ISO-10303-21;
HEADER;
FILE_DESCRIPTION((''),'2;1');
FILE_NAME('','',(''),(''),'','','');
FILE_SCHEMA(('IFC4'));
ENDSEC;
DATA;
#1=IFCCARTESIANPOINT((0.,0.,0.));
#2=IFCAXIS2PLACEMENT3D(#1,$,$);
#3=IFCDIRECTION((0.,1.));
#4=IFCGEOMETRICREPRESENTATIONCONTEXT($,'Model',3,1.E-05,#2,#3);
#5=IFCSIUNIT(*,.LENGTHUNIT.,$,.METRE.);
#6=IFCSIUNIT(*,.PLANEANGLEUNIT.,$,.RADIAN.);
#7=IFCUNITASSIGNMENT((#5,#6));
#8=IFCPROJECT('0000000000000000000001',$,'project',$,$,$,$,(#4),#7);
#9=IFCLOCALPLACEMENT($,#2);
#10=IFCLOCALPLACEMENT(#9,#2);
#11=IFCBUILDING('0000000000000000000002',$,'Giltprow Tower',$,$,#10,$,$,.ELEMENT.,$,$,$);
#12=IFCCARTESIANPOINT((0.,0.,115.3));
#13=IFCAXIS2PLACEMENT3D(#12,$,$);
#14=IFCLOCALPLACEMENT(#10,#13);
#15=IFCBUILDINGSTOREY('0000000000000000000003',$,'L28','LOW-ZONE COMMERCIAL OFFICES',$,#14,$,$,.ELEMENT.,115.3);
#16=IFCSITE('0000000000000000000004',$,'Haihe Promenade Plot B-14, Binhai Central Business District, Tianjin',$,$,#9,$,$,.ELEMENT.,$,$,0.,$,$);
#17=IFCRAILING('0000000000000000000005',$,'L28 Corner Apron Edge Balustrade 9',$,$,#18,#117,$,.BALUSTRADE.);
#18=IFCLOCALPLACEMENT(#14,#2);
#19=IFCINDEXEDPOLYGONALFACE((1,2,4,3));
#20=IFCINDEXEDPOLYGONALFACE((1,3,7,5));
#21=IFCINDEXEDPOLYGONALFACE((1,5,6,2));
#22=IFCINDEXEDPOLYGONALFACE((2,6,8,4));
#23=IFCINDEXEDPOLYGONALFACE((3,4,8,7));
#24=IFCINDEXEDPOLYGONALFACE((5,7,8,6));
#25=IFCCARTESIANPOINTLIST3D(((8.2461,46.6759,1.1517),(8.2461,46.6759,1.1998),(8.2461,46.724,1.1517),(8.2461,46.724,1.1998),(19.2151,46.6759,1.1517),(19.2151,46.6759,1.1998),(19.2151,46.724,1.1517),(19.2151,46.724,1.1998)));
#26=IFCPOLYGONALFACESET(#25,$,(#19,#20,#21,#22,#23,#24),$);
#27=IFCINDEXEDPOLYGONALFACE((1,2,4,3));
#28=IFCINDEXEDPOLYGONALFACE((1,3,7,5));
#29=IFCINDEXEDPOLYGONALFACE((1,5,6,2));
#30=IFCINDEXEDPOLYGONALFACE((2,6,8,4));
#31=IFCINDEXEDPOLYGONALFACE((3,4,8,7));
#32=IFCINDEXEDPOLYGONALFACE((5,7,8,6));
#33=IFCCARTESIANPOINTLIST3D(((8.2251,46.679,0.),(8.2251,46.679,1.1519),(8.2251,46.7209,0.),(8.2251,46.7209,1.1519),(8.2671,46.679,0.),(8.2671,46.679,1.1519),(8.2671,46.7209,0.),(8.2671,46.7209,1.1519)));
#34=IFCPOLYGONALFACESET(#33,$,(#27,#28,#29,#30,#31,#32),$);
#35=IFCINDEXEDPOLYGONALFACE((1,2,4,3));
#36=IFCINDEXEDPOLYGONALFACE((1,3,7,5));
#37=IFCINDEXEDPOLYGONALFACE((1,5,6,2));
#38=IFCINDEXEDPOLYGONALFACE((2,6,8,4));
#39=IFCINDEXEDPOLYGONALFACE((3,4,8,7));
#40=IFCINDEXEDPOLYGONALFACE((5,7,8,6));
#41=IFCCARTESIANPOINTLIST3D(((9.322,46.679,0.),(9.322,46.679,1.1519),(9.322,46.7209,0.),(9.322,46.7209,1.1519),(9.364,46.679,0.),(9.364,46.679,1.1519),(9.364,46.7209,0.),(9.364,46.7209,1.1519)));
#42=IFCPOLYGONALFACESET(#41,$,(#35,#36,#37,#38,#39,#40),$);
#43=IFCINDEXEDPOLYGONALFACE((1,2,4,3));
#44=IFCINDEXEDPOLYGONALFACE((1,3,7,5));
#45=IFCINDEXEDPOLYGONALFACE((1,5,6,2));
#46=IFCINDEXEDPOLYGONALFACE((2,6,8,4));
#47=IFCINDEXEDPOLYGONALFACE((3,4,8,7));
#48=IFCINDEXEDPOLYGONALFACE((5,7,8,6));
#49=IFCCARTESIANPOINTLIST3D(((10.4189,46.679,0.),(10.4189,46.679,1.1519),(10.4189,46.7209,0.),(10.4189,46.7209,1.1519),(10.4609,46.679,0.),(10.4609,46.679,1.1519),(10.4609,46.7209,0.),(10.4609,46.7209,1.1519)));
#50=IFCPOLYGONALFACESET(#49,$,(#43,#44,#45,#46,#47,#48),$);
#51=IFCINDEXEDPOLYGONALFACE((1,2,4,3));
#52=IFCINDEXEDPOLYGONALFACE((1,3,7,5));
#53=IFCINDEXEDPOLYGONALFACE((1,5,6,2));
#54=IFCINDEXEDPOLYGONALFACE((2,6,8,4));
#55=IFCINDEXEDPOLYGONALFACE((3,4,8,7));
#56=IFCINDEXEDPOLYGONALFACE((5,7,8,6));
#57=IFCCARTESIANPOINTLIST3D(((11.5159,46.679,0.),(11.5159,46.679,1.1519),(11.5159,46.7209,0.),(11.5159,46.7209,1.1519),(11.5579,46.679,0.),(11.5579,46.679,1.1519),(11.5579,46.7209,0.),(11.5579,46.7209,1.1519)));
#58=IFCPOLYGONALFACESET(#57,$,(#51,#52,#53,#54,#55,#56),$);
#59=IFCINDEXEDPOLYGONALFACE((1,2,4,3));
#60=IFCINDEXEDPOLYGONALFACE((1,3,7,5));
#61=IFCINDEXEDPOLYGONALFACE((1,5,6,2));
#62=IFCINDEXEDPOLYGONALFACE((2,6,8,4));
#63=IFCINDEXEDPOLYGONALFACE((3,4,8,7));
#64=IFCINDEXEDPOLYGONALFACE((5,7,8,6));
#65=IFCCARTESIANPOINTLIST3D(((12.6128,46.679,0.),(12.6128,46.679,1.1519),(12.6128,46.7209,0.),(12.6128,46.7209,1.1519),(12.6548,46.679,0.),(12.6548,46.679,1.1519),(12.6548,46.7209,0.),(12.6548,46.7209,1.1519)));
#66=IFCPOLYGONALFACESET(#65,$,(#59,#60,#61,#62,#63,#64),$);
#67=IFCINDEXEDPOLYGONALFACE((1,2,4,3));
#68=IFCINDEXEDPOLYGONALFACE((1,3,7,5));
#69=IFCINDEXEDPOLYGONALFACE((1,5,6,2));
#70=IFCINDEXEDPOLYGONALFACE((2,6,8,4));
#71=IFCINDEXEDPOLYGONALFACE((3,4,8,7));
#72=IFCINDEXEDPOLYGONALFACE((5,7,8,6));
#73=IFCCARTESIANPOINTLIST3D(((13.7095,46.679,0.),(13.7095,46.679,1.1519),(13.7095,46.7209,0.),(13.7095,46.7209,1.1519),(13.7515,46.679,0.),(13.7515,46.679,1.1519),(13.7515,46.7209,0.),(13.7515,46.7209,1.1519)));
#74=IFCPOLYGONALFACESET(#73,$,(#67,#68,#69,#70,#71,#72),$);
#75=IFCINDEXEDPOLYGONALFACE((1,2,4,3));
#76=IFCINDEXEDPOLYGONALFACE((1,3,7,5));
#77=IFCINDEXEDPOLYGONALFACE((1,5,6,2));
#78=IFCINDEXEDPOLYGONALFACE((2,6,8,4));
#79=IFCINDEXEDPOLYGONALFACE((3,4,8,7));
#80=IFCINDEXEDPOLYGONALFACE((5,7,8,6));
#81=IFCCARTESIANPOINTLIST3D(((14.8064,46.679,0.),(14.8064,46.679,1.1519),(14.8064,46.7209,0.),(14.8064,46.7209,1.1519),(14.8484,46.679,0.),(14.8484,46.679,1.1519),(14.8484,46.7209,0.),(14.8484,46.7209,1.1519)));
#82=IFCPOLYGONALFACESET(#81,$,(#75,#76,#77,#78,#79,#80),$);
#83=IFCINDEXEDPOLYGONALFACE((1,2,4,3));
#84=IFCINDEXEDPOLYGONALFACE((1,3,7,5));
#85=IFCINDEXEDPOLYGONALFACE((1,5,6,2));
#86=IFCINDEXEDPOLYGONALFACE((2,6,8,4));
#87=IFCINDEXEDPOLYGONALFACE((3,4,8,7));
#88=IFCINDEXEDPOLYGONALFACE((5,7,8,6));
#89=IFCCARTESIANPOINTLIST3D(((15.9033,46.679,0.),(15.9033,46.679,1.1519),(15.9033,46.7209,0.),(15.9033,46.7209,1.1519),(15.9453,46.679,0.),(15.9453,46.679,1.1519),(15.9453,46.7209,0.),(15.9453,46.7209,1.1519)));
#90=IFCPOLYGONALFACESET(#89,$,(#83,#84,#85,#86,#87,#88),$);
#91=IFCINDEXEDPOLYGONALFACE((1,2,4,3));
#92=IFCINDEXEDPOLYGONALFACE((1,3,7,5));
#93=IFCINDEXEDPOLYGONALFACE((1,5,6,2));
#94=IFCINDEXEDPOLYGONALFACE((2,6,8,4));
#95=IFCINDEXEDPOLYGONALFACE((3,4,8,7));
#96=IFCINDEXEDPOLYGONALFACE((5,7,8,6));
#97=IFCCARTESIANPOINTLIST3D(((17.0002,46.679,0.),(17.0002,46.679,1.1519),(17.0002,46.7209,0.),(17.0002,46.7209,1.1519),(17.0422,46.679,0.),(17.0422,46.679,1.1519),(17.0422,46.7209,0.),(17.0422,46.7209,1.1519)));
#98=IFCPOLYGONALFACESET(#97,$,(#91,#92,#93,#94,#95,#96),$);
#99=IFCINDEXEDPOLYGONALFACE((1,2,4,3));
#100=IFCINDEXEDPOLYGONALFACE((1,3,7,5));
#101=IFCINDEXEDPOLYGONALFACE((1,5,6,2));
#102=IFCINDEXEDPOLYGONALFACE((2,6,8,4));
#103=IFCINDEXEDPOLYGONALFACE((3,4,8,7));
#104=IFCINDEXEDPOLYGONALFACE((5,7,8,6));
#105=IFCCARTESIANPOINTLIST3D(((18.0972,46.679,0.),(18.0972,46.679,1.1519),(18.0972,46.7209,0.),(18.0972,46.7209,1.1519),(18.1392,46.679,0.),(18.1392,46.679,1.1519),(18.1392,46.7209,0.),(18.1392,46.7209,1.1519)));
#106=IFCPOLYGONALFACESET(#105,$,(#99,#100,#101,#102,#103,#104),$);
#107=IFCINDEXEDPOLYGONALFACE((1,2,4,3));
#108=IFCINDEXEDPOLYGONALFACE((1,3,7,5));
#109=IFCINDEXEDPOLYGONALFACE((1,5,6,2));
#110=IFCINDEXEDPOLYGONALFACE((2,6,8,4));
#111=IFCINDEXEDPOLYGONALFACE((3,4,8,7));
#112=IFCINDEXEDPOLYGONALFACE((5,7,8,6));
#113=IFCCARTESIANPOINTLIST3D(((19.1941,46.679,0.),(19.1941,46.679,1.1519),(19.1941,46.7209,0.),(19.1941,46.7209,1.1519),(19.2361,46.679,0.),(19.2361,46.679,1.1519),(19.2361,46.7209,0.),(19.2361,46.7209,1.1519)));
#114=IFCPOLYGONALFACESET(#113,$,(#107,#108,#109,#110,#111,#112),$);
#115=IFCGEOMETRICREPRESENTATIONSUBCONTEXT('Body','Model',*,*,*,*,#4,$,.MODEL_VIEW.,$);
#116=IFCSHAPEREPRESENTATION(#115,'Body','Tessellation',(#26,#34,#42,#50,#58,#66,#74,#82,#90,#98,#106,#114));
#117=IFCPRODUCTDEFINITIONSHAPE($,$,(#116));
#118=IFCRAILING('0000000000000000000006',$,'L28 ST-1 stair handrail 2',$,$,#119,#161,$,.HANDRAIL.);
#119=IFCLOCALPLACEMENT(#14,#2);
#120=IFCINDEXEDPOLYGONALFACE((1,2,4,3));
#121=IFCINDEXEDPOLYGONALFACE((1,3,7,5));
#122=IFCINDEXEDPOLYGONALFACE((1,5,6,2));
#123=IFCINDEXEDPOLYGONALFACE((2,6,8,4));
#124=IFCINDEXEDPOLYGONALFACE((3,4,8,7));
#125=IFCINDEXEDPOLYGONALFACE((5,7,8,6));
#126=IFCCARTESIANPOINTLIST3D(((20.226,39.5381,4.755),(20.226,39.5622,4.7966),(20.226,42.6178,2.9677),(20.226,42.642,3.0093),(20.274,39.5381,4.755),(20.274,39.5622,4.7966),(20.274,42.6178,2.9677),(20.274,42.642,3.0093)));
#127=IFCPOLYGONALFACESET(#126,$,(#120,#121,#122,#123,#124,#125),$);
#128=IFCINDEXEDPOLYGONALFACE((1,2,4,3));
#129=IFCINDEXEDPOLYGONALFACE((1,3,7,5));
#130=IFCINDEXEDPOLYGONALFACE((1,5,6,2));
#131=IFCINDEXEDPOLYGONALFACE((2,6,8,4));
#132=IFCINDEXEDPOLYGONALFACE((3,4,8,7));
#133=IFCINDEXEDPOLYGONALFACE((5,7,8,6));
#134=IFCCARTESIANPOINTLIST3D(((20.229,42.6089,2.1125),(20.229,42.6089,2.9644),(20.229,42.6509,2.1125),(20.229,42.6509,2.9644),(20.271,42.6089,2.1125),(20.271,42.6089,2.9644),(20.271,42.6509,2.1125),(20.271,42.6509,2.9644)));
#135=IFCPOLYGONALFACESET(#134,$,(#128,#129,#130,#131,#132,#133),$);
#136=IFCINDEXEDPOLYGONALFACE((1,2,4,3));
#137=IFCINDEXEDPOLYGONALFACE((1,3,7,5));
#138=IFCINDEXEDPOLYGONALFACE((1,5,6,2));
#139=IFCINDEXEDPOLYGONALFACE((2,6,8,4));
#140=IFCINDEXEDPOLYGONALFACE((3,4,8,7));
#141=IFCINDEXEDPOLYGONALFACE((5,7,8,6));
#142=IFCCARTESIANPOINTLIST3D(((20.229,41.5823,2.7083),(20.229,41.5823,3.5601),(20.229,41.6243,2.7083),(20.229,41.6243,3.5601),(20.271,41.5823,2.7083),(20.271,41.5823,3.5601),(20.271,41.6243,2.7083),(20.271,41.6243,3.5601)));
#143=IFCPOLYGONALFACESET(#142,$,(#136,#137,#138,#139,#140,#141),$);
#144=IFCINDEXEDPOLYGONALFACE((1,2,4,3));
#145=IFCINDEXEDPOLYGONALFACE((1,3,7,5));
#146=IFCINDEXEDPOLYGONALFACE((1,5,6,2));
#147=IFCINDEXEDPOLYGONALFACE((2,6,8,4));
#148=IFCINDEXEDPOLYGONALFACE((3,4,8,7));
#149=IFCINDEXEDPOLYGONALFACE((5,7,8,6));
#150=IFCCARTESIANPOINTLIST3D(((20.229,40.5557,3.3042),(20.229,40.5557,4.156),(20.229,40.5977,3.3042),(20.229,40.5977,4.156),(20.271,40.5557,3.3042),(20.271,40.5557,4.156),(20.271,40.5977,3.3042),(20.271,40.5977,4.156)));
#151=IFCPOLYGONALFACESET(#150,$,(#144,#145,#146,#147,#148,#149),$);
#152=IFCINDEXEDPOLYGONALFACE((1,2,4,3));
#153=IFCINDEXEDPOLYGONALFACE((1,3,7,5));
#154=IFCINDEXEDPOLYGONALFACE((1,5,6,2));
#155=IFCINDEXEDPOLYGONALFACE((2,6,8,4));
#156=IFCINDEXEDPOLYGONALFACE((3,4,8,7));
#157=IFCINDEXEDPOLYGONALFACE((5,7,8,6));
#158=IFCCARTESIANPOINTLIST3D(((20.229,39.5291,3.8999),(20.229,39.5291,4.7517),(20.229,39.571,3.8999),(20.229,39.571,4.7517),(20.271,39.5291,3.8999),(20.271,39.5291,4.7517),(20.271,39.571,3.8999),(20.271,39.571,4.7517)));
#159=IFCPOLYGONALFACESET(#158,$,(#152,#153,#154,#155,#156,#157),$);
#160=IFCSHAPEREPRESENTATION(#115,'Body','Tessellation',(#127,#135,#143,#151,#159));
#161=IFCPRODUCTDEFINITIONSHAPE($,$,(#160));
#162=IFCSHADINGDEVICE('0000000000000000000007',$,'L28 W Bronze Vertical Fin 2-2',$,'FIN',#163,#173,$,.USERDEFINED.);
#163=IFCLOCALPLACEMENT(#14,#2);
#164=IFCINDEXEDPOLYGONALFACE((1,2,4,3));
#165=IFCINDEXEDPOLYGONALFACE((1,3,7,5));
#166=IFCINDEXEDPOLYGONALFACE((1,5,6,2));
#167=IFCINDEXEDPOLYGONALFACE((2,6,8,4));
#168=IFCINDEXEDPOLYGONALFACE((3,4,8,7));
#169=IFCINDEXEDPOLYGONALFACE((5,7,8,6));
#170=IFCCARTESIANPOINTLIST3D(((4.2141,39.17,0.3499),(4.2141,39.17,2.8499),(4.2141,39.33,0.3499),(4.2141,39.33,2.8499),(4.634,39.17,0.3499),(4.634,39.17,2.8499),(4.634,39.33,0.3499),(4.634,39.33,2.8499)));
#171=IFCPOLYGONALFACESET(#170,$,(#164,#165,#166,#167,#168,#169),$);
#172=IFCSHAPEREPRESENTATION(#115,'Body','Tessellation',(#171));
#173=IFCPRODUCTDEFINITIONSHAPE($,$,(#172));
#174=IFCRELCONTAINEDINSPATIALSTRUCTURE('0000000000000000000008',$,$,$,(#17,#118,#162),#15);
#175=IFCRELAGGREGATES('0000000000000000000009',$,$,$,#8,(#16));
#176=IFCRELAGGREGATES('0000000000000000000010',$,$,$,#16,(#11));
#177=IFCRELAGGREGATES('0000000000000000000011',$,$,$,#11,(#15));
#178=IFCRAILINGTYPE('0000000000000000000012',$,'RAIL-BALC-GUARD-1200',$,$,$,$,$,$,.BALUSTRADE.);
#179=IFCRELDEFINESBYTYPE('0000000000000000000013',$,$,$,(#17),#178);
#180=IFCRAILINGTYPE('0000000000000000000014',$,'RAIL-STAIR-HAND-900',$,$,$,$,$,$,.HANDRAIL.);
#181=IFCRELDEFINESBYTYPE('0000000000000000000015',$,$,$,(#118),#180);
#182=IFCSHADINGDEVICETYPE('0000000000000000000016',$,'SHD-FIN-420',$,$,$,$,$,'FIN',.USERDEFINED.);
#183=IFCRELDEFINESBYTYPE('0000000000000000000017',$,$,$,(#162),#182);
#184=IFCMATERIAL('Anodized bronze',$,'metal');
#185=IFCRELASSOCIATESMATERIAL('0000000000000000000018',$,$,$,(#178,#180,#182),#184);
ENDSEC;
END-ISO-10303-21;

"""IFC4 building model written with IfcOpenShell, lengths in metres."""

from ifc_helpers import new_model, si_unit, direction, frame, origin, origin_2d, place, context, subcontext, project, spatial, rectangle, extrude, source, transform, mapped, material, type_object, element, save


model = new_model("IFC4")

# Units and contexts
model_context = context("Model", 3, precision=1e-05, world=origin(), true_north=direction((0.0, 1.0)))
body_context = subcontext(model_context, "Body", "Model", "MODEL_VIEW")
ifc_project = project(units=[si_unit("LENGTHUNIT", "METRE"), si_unit("PLANEANGLEUNIT", "RADIAN")], contexts=[model_context])

# Site, building, storey
site_placement = place(None, origin())
site = spatial("IfcSite", under=ifc_project, at=site_placement, Name="Haihe Promenade Plot B-14, Binhai Central Business District, Tianjin", CompositionType="ELEMENT", RefElevation=0.0)
building_placement = place(site_placement, origin())
building = spatial("IfcBuilding", under=site, at=building_placement, Name="Giltprow Tower", CompositionType="ELEMENT")
storey_placement = place(building_placement, frame((0.0, 0.0, 115.3)))
storey = spatial("IfcBuildingStorey", under=building, at=storey_placement, Name="L28", Description="LOW-ZONE COMMERCIAL OFFICES", CompositionType="ELEMENT", Elevation=115.3)

# Railings
ifc_material_1 = material(Name="Anodized bronze", Category="metal")
railing_type_1 = type_object("IfcRailingType", Name="RAIL-BALC-GUARD-1200", PredefinedType="BALUSTRADE", material=ifc_material_1)
railing_1_placement = place(storey_placement, frame((8.2461, 46.7, 0.0)))
element("IfcRailing", 1, at=railing_1_placement, inside=storey, type_object=railing_type_1, Name="L28 Corner Apron Edge Balustrade 9", PredefinedType="BALUSTRADE", context=body_context, shape_type="SweptSolid", body=[
    extrude(rectangle(XDim=0.0481, YDim=0.0481, at=origin_2d()), frame((0.0, 0.0, 1.1758), z_axis=(1.0, 0.0, 0.0), x_axis=(0.0, 1.0, 0.0)), (0.0, 0.0, 1.0), 10.969),
    extrude(rectangle(XDim=0.042, YDim=0.042, at=origin_2d()), origin(), (0.0, 0.0, 1.0), 1.1519),
    extrude(rectangle(XDim=0.042, YDim=0.042, at=origin_2d()), frame((1.0969, 0.0, 0.0)), (0.0, 0.0, 1.0), 1.1519),
    extrude(rectangle(XDim=0.042, YDim=0.042, at=origin_2d()), frame((2.1938, 0.0, 0.0)), (0.0, 0.0, 1.0), 1.1519),
    extrude(rectangle(XDim=0.042, YDim=0.042, at=origin_2d()), frame((3.2908, 0.0, 0.0)), (0.0, 0.0, 1.0), 1.1519),
    extrude(rectangle(XDim=0.042, YDim=0.042, at=origin_2d()), frame((4.3877, 0.0, 0.0)), (0.0, 0.0, 1.0), 1.1519),
    extrude(rectangle(XDim=0.042, YDim=0.042, at=origin_2d()), frame((5.4844, 0.0, 0.0)), (0.0, 0.0, 1.0), 1.1519),
    extrude(rectangle(XDim=0.042, YDim=0.042, at=origin_2d()), frame((6.5813, 0.0, 0.0)), (0.0, 0.0, 1.0), 1.1519),
    extrude(rectangle(XDim=0.042, YDim=0.042, at=origin_2d()), frame((7.6782, 0.0, 0.0)), (0.0, 0.0, 1.0), 1.1519),
    extrude(rectangle(XDim=0.042, YDim=0.042, at=origin_2d()), frame((8.7751, 0.0, 0.0)), (0.0, 0.0, 1.0), 1.1519),
    extrude(rectangle(XDim=0.042, YDim=0.042, at=origin_2d()), frame((9.8721, 0.0, 0.0)), (0.0, 0.0, 1.0), 1.1519),
    extrude(rectangle(XDim=0.042, YDim=0.042, at=origin_2d()), frame((10.969, 0.0, 0.0)), (0.0, 0.0, 1.0), 1.1519),
])
railing_type_2 = type_object("IfcRailingType", Name="RAIL-STAIR-HAND-900", PredefinedType="HANDRAIL", material=ifc_material_1)
railing_2_placement = place(storey_placement, frame((20.25, 42.6299, 2.1125)))
element("IfcRailing", 2, at=railing_2_placement, inside=storey, type_object=railing_type_2, Name="L28 ST-1 stair handrail 2", PredefinedType="HANDRAIL", context=body_context, shape_type="SweptSolid", body=[
    extrude(rectangle(XDim=0.0481, YDim=0.0481, at=origin_2d()), frame((0.0, 0.0, 0.876), z_axis=(0.0, -0.864903, 0.501939), x_axis=(1.0, 0.0, 0.0)), (0.0, 0.0, 1.0), 3.5608),
    extrude(rectangle(XDim=0.042, YDim=0.042, at=origin_2d()), origin(), (0.0, 0.0, 1.0), 0.8518),
    extrude(rectangle(XDim=0.042, YDim=0.042, at=origin_2d()), frame((0.0, -1.0266, 0.5957)), (0.0, 0.0, 1.0), 0.8518),
    extrude(rectangle(XDim=0.042, YDim=0.042, at=origin_2d()), frame((0.0, -2.0532, 1.1917)), (0.0, 0.0, 1.0), 0.8518),
    extrude(rectangle(XDim=0.042, YDim=0.042, at=origin_2d()), frame((0.0, -3.0798, 1.7874)), (0.0, 0.0, 1.0), 0.8518),
])

# Shading device
shading_device_type = type_object("IfcShadingDeviceType", Name="SHD-FIN-420", ElementType="FIN", PredefinedType="USERDEFINED", material=ifc_material_1)
shared_shape_1 = source(origin(), body_context, "Body", "SweptSolid", [
    extrude(rectangle(XDim=0.4199, YDim=0.1599, at=origin_2d()), origin(), (0.0, 0.0, 1.0), 2.5),
])
shading_device_placement = place(storey_placement, frame((4.4241, 39.25, 0.3499), z_axis=(0.0, 0.0, 1.0), x_axis=(1.0, 0.0, 0.0)))
element("IfcShadingDevice", 3, at=shading_device_placement, inside=storey, type_object=shading_device_type, Name="L28 W Bronze Vertical Fin 2-2", ObjectType="FIN", PredefinedType="USERDEFINED", context=body_context, shape_type="MappedRepresentation", body=[
    mapped(shared_shape_1, transform((0.0, 0.0, 0.0), x_axis=(1.0, 0.0, 0.0), y_axis=(0.0, 1.0, 0.0), z_axis=(0.0, 0.0, 1.0), scale=1.0)),
])

save(model, "model.ifc")
